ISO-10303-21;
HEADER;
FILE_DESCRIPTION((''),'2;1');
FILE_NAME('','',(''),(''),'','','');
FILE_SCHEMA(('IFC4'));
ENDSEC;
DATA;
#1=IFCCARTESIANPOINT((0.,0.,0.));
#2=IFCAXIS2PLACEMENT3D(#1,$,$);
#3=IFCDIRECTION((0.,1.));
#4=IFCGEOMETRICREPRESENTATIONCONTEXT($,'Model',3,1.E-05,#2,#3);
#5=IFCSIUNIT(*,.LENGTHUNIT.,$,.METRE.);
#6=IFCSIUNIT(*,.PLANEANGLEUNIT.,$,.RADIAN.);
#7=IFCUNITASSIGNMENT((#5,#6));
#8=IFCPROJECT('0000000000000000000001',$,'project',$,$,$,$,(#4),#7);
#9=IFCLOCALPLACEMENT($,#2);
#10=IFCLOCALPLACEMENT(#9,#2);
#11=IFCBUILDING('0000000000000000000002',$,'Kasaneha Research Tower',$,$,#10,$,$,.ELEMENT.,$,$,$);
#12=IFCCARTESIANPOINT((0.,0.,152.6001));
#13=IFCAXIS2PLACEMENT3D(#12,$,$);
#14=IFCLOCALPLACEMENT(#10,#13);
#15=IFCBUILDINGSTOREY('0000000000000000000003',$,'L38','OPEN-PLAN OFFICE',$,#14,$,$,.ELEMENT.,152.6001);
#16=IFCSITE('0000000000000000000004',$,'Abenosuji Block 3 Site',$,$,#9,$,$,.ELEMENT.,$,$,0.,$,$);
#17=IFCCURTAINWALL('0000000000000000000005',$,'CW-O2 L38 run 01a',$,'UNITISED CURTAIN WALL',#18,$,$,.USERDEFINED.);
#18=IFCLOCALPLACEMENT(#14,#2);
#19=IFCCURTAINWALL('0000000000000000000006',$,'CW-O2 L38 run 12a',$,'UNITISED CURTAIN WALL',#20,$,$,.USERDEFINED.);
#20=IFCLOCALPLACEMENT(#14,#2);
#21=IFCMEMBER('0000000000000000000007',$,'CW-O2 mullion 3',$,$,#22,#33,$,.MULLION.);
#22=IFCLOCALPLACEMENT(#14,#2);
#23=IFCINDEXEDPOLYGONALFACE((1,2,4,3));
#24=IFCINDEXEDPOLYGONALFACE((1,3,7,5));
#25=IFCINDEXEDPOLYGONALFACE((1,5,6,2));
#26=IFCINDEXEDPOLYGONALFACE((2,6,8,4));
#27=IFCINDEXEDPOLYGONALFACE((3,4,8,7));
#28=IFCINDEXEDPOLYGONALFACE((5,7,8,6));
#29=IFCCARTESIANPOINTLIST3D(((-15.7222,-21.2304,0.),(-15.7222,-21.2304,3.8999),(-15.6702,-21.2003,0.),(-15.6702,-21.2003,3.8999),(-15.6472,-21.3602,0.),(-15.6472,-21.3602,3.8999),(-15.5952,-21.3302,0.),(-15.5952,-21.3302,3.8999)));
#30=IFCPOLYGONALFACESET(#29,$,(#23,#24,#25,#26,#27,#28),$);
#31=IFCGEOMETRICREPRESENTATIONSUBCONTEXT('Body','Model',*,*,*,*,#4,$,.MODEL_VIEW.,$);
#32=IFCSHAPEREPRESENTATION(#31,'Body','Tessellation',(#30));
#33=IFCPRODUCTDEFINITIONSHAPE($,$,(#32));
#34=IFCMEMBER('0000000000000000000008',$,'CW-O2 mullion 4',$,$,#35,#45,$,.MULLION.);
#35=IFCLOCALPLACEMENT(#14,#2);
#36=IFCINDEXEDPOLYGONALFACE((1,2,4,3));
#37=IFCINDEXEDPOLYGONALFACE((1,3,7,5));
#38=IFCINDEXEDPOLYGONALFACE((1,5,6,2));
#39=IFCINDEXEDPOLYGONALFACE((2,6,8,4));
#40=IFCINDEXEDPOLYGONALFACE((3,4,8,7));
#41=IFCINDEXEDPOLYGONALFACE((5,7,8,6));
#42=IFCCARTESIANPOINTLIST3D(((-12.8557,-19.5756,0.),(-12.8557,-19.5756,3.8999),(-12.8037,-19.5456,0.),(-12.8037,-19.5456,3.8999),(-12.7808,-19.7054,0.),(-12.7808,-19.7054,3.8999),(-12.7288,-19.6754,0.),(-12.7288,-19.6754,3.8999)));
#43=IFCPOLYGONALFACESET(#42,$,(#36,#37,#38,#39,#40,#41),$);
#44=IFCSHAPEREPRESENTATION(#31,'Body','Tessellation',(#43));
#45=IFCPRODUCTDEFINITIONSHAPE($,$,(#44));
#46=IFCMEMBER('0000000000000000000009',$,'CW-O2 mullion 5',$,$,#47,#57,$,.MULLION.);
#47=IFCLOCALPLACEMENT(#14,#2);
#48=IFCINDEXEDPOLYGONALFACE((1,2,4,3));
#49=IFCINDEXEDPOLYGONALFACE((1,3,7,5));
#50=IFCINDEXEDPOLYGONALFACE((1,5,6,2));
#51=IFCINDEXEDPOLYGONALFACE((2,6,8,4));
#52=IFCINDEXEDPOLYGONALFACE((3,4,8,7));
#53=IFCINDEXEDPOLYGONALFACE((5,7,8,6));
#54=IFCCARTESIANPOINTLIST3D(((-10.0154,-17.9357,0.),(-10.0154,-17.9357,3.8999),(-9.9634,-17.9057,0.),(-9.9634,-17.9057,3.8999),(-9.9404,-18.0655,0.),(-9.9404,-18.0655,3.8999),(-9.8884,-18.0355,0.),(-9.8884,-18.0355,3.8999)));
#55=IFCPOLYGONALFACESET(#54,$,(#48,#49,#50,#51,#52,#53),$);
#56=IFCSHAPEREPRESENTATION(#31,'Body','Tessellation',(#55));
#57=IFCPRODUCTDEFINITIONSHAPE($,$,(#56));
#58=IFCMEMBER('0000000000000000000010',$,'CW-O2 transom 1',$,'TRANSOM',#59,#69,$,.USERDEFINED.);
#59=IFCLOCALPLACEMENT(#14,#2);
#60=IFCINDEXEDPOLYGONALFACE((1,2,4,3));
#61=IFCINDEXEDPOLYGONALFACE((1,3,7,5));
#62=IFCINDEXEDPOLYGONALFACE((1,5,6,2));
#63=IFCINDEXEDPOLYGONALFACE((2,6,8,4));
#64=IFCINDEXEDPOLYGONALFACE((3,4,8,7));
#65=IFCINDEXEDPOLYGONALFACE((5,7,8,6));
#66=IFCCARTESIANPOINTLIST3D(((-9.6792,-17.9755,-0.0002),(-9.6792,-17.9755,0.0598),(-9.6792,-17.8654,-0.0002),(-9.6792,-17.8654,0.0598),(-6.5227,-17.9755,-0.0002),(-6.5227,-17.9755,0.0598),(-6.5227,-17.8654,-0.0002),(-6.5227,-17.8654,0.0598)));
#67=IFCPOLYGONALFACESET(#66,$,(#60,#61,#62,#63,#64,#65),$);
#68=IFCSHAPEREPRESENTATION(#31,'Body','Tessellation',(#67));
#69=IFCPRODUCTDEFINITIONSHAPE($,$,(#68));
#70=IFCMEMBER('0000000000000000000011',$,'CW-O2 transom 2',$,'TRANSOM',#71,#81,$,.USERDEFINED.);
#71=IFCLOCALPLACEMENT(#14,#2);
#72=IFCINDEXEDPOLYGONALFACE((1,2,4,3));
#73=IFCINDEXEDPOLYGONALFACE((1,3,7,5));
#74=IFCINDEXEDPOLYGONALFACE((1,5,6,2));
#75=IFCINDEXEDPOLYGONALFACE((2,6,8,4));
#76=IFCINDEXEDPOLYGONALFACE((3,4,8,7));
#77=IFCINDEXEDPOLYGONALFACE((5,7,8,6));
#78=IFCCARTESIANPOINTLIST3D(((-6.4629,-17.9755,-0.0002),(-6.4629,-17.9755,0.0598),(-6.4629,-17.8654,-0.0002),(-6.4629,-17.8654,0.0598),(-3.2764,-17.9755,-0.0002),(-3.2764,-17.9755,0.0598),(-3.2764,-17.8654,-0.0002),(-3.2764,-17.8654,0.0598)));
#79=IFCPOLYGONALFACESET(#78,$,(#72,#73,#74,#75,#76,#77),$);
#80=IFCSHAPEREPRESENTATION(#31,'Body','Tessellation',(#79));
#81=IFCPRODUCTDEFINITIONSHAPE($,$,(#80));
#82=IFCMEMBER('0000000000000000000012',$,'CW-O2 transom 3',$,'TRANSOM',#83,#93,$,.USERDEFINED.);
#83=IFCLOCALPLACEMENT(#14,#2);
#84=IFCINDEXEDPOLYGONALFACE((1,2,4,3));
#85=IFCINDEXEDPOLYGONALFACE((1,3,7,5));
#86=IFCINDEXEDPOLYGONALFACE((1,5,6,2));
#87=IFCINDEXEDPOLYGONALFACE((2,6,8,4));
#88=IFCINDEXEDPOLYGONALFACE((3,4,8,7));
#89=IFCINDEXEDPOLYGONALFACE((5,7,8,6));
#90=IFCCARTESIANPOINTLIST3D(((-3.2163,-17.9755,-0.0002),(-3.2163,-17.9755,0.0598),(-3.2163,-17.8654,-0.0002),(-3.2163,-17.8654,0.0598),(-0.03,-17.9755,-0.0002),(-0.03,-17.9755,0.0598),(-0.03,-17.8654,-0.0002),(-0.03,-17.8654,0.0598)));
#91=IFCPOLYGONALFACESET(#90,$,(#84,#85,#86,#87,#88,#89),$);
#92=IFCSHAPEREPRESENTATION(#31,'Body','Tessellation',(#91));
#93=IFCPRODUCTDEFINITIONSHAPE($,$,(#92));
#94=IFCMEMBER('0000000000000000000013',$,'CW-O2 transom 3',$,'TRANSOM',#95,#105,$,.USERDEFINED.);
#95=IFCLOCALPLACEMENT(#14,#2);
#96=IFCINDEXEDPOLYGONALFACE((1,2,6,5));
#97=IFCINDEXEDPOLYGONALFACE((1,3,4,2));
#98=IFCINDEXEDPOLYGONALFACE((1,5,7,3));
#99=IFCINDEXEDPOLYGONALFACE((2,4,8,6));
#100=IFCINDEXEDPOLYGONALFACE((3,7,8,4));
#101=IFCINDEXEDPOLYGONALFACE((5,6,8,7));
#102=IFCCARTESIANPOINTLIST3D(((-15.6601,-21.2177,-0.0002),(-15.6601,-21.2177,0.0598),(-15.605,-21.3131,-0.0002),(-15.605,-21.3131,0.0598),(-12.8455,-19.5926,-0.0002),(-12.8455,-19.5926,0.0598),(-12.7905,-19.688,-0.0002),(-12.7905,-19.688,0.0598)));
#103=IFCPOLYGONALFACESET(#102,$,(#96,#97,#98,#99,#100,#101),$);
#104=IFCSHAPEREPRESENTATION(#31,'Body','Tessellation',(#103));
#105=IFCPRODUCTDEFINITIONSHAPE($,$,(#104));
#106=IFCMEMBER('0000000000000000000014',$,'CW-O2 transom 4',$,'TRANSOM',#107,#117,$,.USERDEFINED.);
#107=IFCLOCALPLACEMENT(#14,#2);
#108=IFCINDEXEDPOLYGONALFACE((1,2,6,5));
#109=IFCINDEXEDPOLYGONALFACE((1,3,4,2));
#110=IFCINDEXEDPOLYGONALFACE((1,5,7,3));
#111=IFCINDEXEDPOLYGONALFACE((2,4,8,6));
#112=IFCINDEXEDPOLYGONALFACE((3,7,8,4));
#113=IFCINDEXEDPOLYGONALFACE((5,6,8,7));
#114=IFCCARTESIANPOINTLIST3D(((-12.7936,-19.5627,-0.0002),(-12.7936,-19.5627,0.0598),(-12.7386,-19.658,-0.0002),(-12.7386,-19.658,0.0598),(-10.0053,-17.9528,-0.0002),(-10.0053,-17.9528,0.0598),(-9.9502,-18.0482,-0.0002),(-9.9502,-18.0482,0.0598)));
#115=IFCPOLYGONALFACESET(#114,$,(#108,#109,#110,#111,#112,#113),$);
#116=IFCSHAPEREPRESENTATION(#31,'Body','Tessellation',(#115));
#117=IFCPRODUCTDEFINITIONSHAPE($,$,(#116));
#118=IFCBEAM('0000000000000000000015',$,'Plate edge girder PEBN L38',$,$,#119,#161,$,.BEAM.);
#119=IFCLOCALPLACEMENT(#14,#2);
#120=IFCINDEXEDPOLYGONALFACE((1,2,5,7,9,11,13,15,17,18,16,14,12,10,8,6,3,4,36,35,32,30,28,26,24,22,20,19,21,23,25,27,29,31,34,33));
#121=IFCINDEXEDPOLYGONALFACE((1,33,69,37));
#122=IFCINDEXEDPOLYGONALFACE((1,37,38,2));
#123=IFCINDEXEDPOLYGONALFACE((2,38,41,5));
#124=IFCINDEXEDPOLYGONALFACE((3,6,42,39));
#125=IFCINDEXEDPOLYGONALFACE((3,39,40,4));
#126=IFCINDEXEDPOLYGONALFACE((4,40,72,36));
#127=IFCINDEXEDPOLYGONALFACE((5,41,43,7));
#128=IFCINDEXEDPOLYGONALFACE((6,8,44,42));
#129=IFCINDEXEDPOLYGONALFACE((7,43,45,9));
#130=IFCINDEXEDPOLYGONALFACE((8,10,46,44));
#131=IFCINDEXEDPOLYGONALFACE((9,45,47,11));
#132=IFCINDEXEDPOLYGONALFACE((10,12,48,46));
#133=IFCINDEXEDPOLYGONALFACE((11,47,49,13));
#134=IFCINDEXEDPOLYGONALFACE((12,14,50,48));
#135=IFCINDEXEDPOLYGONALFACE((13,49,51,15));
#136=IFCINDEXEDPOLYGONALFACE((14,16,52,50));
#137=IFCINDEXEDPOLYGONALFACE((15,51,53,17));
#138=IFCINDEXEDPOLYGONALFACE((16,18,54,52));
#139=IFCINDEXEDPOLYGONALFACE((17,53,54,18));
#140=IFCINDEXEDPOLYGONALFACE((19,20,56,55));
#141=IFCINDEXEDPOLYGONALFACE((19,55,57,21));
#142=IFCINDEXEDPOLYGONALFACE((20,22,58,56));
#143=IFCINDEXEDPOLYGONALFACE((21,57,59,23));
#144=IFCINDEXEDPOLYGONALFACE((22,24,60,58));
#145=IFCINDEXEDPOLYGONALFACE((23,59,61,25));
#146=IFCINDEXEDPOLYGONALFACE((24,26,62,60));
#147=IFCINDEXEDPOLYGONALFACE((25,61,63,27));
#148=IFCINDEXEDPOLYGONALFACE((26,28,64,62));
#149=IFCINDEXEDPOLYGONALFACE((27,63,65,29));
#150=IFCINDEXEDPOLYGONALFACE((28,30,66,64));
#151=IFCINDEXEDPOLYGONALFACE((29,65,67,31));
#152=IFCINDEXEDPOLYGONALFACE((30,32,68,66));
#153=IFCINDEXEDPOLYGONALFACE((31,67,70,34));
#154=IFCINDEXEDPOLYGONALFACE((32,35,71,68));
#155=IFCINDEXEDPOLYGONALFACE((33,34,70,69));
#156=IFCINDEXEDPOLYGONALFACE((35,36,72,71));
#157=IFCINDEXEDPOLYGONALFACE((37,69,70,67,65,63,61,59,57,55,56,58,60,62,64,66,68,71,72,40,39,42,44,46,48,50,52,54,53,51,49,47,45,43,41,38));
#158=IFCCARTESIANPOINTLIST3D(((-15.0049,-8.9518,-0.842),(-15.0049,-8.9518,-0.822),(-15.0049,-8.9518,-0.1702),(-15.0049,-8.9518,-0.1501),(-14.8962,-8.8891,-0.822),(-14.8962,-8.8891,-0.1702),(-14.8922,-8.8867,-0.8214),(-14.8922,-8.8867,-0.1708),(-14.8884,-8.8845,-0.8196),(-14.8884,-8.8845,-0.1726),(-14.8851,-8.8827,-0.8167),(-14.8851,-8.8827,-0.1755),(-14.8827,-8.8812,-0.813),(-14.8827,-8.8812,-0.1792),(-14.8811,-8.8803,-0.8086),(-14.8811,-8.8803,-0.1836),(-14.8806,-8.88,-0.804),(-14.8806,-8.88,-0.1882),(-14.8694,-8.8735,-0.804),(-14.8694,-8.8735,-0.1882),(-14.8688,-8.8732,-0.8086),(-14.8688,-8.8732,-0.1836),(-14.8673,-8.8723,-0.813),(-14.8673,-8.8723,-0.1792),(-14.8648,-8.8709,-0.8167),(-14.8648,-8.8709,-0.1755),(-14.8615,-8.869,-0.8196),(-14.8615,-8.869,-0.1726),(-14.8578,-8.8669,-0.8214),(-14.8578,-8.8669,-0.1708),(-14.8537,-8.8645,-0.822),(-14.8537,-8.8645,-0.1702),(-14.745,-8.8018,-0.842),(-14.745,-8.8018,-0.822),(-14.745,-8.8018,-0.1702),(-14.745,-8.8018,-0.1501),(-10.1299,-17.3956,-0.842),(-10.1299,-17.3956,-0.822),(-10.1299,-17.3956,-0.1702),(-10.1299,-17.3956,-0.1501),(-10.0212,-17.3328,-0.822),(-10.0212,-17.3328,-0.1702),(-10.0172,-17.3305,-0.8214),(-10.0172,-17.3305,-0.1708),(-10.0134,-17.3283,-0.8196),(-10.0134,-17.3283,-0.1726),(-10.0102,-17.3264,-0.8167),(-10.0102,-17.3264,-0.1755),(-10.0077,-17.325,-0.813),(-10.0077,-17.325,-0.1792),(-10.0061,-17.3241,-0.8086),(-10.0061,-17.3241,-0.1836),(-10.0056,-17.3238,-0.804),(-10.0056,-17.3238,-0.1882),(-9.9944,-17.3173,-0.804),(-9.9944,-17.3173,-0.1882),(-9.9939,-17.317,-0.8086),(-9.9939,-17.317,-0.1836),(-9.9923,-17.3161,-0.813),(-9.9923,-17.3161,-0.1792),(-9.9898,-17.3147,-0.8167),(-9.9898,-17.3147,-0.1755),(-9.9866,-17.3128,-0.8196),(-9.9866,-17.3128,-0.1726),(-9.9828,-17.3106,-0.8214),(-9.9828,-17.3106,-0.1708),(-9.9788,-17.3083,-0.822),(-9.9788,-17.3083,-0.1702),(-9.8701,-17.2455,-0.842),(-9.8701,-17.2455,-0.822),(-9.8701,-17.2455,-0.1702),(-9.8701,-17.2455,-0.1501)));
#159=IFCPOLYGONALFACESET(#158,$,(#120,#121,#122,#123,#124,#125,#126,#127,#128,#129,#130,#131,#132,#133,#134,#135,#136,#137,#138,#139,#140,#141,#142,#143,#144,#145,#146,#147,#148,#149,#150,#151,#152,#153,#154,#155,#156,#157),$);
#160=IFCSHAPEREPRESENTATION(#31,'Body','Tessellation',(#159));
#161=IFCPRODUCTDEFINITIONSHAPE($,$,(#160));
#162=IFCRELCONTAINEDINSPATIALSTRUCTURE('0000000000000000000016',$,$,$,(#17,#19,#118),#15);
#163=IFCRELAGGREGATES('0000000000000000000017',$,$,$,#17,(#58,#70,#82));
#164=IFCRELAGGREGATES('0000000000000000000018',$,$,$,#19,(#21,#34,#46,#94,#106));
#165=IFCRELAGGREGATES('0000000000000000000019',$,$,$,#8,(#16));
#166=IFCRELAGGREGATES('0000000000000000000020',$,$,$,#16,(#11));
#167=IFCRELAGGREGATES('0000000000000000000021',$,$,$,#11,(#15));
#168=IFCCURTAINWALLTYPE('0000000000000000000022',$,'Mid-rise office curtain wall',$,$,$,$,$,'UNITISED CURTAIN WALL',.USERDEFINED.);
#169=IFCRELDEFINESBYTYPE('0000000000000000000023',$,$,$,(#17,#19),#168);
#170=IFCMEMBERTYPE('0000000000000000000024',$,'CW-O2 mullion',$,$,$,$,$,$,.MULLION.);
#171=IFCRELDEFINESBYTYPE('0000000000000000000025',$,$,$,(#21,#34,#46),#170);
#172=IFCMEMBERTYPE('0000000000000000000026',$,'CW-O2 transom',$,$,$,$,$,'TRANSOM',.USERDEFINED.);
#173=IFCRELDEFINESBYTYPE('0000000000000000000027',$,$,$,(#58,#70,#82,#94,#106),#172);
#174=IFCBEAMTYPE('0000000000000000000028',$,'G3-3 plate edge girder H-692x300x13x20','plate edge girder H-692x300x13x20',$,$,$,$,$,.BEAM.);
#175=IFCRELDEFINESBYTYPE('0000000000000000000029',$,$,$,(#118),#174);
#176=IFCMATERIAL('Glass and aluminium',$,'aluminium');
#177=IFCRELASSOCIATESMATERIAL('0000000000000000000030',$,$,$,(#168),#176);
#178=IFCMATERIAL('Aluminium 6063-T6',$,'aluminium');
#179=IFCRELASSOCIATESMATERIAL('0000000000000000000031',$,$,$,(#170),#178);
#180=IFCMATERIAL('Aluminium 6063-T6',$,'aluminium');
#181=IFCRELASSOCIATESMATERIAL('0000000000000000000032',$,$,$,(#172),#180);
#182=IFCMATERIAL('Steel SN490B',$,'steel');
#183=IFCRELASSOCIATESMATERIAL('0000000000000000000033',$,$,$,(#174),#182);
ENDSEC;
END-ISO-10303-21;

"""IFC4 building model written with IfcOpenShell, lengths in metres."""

from ifc_helpers import new_model, si_unit, direction, frame, origin, origin_2d, place, context, subcontext, project, spatial, rectangle, i_section, extrude, material, material_profile, profile_set, type_object, element, aggregate, save


model = new_model("IFC4")

# Units and contexts
model_context = context("Model", 3, precision=1e-05, world=origin(), true_north=direction((0.0, 1.0)))
body_context = subcontext(model_context, "Body", "Model", "MODEL_VIEW")
ifc_project = project(units=[si_unit("LENGTHUNIT", "METRE"), si_unit("PLANEANGLEUNIT", "RADIAN")], contexts=[model_context])

# Site, building, storey
site_placement = place(None, origin())
site = spatial("IfcSite", under=ifc_project, at=site_placement, Name="Abenosuji Block 3 Site", CompositionType="ELEMENT", RefElevation=0.0)
building_placement = place(site_placement, origin())
building = spatial("IfcBuilding", under=site, at=building_placement, Name="Kasaneha Research Tower", CompositionType="ELEMENT")
storey_placement = place(building_placement, frame((0.0, 0.0, 152.6001)))
storey = spatial("IfcBuildingStorey", under=building, at=storey_placement, Name="L38", Description="OPEN-PLAN OFFICE", CompositionType="ELEMENT", Elevation=152.6001)

# Curtain walls, members
ifc_material_1 = material(Name="Glass and aluminium", Category="aluminium")
curtain_wall_type = type_object("IfcCurtainWallType", Name="Mid-rise office curtain wall", ElementType="UNITISED CURTAIN WALL", PredefinedType="USERDEFINED", material=ifc_material_1)
curtain_wall_1_placement = place(storey_placement, origin())
curtain_wall_1 = element("IfcCurtainWall", 1, at=curtain_wall_1_placement, inside=storey, type_object=curtain_wall_type, Name="CW-O2 L38 run 01a", ObjectType="UNITISED CURTAIN WALL", PredefinedType="USERDEFINED")
ifc_material_2 = material(Name="Aluminium 6063-T6", Category="aluminium")
ifc_material_profile_1 = material_profile(ifc_material_2, rectangle(XDim=0.0601, YDim=0.1499, at=origin_2d()), Name="CW-O2 mullion 60x150")
ifc_profile_set_1 = profile_set([ifc_material_profile_1], Name="Aluminium 6063-T6")
member_type_1 = type_object("IfcMemberType", Name="CW-O2 mullion", PredefinedType="MULLION", material=ifc_profile_set_1)
curtain_wall_2_placement = place(storey_placement, origin())
curtain_wall_2 = element("IfcCurtainWall", 2, at=curtain_wall_2_placement, inside=storey, type_object=curtain_wall_type, Name="CW-O2 L38 run 12a", ObjectType="UNITISED CURTAIN WALL", PredefinedType="USERDEFINED")
member_1_placement = place(storey_placement, frame((-15.6587, -21.2803, 0.0), z_axis=(0.0, 0.0, 1.0), x_axis=(0.866025, 0.5, 0.0)))
member_1 = element("IfcMember", 3, at=member_1_placement, type_object=member_type_1, Name="CW-O2 mullion 3", PredefinedType="MULLION", context=body_context, shape_type="SweptSolid", body=[
    extrude(rectangle(XDim=0.0601, YDim=0.1499, at=origin_2d()), origin(), (0.0, 0.0, 1.0), 3.8999),
])
member_2_placement = place(storey_placement, frame((-12.7922, -19.6255, 0.0), z_axis=(0.0, 0.0, 1.0), x_axis=(0.866025, 0.5, 0.0)))
member_2 = element("IfcMember", 4, at=member_2_placement, type_object=member_type_1, Name="CW-O2 mullion 4", PredefinedType="MULLION", context=body_context, shape_type="SweptSolid", body=[
    extrude(rectangle(XDim=0.0601, YDim=0.1499, at=origin_2d()), origin(), (0.0, 0.0, 1.0), 3.8999),
])
member_3_placement = place(storey_placement, frame((-9.9519, -17.9856, 0.0), z_axis=(0.0, 0.0, 1.0), x_axis=(0.866025, 0.5, 0.0)))
member_3 = element("IfcMember", 5, at=member_3_placement, type_object=member_type_1, Name="CW-O2 mullion 5", PredefinedType="MULLION", context=body_context, shape_type="SweptSolid", body=[
    extrude(rectangle(XDim=0.0601, YDim=0.1499, at=origin_2d()), origin(), (0.0, 0.0, 1.0), 3.8999),
])

# Members
ifc_material_3 = material(Name="Aluminium 6063-T6", Category="aluminium")
ifc_material_profile_2 = material_profile(ifc_material_3, rectangle(XDim=0.1101, YDim=0.0601, at=origin_2d()), Name="CW-O2 transom 110x60")
ifc_profile_set_2 = profile_set([ifc_material_profile_2], Name="Aluminium 6063-T6")
member_type_2 = type_object("IfcMemberType", Name="CW-O2 transom", ElementType="TRANSOM", PredefinedType="USERDEFINED", material=ifc_profile_set_2)
member_4_placement = place(storey_placement, frame((-9.6792, -17.9204, 0.0298), z_axis=(1.0, 0.0, 0.0), x_axis=(0.0, 1.0, 0.0)))
member_4 = element("IfcMember", 6, at=member_4_placement, type_object=member_type_2, Name="CW-O2 transom 1", ObjectType="TRANSOM", PredefinedType="USERDEFINED", context=body_context, shape_type="SweptSolid", body=[
    extrude(rectangle(XDim=0.1101, YDim=0.0601, at=origin_2d()), origin(), (0.0, 0.0, 1.0), 3.1565),
])
member_5_placement = place(storey_placement, frame((-6.4629, -17.9204, 0.0298), z_axis=(1.0, 0.0, 0.0), x_axis=(0.0, 1.0, 0.0)))
member_5 = element("IfcMember", 7, at=member_5_placement, type_object=member_type_2, Name="CW-O2 transom 2", ObjectType="TRANSOM", PredefinedType="USERDEFINED", context=body_context, shape_type="SweptSolid", body=[
    extrude(rectangle(XDim=0.1101, YDim=0.0601, at=origin_2d()), origin(), (0.0, 0.0, 1.0), 3.1865),
])
member_6_placement = place(storey_placement, frame((-3.2163, -17.9204, 0.0298), z_axis=(1.0, 0.0, 0.0), x_axis=(0.0, 1.0, 0.0)))
member_6 = element("IfcMember", 8, at=member_6_placement, type_object=member_type_2, Name="CW-O2 transom 3", ObjectType="TRANSOM", PredefinedType="USERDEFINED", context=body_context, shape_type="SweptSolid", body=[
    extrude(rectangle(XDim=0.1101, YDim=0.0601, at=origin_2d()), origin(), (0.0, 0.0, 1.0), 3.1863),
])
member_7_placement = place(storey_placement, frame((-15.6326, -21.2654, 0.0298), z_axis=(0.866015, 0.500017, 0.0), x_axis=(-0.500017, 0.866015, 0.0)))
member_7 = element("IfcMember", 9, at=member_7_placement, type_object=member_type_2, Name="CW-O2 transom 3", ObjectType="TRANSOM", PredefinedType="USERDEFINED", context=body_context, shape_type="SweptSolid", body=[
    extrude(rectangle(XDim=0.1101, YDim=0.0601, at=origin_2d()), origin(), (0.0, 0.0, 1.0), 3.25),
])
member_8_placement = place(storey_placement, frame((-12.7661, -19.6104, 0.0298), z_axis=(0.866023, 0.500005, 0.0), x_axis=(-0.500005, 0.866023, 0.0)))
member_8 = element("IfcMember", 10, at=member_8_placement, type_object=member_type_2, Name="CW-O2 transom 4", ObjectType="TRANSOM", PredefinedType="USERDEFINED", context=body_context, shape_type="SweptSolid", body=[
    extrude(rectangle(XDim=0.1101, YDim=0.0601, at=origin_2d()), origin(), (0.0, 0.0, 1.0), 3.2197),
])

# Beam
ifc_material_4 = material(Name="Steel SN490B", Category="steel")
ifc_material_profile_3 = material_profile(ifc_material_4, i_section(OverallWidth=0.3, OverallDepth=0.6919, WebThickness=0.0129, FlangeThickness=0.02, FilletRadius=0.0181, at=origin_2d()), Name="H-692x300x13x20")
ifc_profile_set_3 = profile_set([ifc_material_profile_3], Name="Steel SN490B")
beam_type_1 = type_object("IfcBeamType", Name="G3-3 plate edge girder H-692x300x13x20", Description="plate edge girder H-692x300x13x20", PredefinedType="BEAM", material=ifc_profile_set_3)
beam_1_placement = place(storey_placement, frame((-10.0, -17.3206, -0.4961), z_axis=(-0.499996, 0.866028, 0.0), x_axis=(-0.866028, -0.499996, 0.0)))
element("IfcBeam", 11, at=beam_1_placement, inside=storey, type_object=beam_type_1, Name="Plate edge girder PEBN L38", PredefinedType="BEAM", context=body_context, shape_type="SweptSolid", body=[
    extrude(i_section(OverallWidth=0.3, OverallDepth=0.6919, WebThickness=0.0129, FlangeThickness=0.02, FilletRadius=0.0181, at=origin_2d()), origin(), (0.0, 0.0, 1.0), 9.75),
])

aggregate(curtain_wall_1, [member_4, member_5, member_6])
aggregate(curtain_wall_2, [member_1, member_2, member_3, member_7, member_8])

save(model, "model.ifc")
